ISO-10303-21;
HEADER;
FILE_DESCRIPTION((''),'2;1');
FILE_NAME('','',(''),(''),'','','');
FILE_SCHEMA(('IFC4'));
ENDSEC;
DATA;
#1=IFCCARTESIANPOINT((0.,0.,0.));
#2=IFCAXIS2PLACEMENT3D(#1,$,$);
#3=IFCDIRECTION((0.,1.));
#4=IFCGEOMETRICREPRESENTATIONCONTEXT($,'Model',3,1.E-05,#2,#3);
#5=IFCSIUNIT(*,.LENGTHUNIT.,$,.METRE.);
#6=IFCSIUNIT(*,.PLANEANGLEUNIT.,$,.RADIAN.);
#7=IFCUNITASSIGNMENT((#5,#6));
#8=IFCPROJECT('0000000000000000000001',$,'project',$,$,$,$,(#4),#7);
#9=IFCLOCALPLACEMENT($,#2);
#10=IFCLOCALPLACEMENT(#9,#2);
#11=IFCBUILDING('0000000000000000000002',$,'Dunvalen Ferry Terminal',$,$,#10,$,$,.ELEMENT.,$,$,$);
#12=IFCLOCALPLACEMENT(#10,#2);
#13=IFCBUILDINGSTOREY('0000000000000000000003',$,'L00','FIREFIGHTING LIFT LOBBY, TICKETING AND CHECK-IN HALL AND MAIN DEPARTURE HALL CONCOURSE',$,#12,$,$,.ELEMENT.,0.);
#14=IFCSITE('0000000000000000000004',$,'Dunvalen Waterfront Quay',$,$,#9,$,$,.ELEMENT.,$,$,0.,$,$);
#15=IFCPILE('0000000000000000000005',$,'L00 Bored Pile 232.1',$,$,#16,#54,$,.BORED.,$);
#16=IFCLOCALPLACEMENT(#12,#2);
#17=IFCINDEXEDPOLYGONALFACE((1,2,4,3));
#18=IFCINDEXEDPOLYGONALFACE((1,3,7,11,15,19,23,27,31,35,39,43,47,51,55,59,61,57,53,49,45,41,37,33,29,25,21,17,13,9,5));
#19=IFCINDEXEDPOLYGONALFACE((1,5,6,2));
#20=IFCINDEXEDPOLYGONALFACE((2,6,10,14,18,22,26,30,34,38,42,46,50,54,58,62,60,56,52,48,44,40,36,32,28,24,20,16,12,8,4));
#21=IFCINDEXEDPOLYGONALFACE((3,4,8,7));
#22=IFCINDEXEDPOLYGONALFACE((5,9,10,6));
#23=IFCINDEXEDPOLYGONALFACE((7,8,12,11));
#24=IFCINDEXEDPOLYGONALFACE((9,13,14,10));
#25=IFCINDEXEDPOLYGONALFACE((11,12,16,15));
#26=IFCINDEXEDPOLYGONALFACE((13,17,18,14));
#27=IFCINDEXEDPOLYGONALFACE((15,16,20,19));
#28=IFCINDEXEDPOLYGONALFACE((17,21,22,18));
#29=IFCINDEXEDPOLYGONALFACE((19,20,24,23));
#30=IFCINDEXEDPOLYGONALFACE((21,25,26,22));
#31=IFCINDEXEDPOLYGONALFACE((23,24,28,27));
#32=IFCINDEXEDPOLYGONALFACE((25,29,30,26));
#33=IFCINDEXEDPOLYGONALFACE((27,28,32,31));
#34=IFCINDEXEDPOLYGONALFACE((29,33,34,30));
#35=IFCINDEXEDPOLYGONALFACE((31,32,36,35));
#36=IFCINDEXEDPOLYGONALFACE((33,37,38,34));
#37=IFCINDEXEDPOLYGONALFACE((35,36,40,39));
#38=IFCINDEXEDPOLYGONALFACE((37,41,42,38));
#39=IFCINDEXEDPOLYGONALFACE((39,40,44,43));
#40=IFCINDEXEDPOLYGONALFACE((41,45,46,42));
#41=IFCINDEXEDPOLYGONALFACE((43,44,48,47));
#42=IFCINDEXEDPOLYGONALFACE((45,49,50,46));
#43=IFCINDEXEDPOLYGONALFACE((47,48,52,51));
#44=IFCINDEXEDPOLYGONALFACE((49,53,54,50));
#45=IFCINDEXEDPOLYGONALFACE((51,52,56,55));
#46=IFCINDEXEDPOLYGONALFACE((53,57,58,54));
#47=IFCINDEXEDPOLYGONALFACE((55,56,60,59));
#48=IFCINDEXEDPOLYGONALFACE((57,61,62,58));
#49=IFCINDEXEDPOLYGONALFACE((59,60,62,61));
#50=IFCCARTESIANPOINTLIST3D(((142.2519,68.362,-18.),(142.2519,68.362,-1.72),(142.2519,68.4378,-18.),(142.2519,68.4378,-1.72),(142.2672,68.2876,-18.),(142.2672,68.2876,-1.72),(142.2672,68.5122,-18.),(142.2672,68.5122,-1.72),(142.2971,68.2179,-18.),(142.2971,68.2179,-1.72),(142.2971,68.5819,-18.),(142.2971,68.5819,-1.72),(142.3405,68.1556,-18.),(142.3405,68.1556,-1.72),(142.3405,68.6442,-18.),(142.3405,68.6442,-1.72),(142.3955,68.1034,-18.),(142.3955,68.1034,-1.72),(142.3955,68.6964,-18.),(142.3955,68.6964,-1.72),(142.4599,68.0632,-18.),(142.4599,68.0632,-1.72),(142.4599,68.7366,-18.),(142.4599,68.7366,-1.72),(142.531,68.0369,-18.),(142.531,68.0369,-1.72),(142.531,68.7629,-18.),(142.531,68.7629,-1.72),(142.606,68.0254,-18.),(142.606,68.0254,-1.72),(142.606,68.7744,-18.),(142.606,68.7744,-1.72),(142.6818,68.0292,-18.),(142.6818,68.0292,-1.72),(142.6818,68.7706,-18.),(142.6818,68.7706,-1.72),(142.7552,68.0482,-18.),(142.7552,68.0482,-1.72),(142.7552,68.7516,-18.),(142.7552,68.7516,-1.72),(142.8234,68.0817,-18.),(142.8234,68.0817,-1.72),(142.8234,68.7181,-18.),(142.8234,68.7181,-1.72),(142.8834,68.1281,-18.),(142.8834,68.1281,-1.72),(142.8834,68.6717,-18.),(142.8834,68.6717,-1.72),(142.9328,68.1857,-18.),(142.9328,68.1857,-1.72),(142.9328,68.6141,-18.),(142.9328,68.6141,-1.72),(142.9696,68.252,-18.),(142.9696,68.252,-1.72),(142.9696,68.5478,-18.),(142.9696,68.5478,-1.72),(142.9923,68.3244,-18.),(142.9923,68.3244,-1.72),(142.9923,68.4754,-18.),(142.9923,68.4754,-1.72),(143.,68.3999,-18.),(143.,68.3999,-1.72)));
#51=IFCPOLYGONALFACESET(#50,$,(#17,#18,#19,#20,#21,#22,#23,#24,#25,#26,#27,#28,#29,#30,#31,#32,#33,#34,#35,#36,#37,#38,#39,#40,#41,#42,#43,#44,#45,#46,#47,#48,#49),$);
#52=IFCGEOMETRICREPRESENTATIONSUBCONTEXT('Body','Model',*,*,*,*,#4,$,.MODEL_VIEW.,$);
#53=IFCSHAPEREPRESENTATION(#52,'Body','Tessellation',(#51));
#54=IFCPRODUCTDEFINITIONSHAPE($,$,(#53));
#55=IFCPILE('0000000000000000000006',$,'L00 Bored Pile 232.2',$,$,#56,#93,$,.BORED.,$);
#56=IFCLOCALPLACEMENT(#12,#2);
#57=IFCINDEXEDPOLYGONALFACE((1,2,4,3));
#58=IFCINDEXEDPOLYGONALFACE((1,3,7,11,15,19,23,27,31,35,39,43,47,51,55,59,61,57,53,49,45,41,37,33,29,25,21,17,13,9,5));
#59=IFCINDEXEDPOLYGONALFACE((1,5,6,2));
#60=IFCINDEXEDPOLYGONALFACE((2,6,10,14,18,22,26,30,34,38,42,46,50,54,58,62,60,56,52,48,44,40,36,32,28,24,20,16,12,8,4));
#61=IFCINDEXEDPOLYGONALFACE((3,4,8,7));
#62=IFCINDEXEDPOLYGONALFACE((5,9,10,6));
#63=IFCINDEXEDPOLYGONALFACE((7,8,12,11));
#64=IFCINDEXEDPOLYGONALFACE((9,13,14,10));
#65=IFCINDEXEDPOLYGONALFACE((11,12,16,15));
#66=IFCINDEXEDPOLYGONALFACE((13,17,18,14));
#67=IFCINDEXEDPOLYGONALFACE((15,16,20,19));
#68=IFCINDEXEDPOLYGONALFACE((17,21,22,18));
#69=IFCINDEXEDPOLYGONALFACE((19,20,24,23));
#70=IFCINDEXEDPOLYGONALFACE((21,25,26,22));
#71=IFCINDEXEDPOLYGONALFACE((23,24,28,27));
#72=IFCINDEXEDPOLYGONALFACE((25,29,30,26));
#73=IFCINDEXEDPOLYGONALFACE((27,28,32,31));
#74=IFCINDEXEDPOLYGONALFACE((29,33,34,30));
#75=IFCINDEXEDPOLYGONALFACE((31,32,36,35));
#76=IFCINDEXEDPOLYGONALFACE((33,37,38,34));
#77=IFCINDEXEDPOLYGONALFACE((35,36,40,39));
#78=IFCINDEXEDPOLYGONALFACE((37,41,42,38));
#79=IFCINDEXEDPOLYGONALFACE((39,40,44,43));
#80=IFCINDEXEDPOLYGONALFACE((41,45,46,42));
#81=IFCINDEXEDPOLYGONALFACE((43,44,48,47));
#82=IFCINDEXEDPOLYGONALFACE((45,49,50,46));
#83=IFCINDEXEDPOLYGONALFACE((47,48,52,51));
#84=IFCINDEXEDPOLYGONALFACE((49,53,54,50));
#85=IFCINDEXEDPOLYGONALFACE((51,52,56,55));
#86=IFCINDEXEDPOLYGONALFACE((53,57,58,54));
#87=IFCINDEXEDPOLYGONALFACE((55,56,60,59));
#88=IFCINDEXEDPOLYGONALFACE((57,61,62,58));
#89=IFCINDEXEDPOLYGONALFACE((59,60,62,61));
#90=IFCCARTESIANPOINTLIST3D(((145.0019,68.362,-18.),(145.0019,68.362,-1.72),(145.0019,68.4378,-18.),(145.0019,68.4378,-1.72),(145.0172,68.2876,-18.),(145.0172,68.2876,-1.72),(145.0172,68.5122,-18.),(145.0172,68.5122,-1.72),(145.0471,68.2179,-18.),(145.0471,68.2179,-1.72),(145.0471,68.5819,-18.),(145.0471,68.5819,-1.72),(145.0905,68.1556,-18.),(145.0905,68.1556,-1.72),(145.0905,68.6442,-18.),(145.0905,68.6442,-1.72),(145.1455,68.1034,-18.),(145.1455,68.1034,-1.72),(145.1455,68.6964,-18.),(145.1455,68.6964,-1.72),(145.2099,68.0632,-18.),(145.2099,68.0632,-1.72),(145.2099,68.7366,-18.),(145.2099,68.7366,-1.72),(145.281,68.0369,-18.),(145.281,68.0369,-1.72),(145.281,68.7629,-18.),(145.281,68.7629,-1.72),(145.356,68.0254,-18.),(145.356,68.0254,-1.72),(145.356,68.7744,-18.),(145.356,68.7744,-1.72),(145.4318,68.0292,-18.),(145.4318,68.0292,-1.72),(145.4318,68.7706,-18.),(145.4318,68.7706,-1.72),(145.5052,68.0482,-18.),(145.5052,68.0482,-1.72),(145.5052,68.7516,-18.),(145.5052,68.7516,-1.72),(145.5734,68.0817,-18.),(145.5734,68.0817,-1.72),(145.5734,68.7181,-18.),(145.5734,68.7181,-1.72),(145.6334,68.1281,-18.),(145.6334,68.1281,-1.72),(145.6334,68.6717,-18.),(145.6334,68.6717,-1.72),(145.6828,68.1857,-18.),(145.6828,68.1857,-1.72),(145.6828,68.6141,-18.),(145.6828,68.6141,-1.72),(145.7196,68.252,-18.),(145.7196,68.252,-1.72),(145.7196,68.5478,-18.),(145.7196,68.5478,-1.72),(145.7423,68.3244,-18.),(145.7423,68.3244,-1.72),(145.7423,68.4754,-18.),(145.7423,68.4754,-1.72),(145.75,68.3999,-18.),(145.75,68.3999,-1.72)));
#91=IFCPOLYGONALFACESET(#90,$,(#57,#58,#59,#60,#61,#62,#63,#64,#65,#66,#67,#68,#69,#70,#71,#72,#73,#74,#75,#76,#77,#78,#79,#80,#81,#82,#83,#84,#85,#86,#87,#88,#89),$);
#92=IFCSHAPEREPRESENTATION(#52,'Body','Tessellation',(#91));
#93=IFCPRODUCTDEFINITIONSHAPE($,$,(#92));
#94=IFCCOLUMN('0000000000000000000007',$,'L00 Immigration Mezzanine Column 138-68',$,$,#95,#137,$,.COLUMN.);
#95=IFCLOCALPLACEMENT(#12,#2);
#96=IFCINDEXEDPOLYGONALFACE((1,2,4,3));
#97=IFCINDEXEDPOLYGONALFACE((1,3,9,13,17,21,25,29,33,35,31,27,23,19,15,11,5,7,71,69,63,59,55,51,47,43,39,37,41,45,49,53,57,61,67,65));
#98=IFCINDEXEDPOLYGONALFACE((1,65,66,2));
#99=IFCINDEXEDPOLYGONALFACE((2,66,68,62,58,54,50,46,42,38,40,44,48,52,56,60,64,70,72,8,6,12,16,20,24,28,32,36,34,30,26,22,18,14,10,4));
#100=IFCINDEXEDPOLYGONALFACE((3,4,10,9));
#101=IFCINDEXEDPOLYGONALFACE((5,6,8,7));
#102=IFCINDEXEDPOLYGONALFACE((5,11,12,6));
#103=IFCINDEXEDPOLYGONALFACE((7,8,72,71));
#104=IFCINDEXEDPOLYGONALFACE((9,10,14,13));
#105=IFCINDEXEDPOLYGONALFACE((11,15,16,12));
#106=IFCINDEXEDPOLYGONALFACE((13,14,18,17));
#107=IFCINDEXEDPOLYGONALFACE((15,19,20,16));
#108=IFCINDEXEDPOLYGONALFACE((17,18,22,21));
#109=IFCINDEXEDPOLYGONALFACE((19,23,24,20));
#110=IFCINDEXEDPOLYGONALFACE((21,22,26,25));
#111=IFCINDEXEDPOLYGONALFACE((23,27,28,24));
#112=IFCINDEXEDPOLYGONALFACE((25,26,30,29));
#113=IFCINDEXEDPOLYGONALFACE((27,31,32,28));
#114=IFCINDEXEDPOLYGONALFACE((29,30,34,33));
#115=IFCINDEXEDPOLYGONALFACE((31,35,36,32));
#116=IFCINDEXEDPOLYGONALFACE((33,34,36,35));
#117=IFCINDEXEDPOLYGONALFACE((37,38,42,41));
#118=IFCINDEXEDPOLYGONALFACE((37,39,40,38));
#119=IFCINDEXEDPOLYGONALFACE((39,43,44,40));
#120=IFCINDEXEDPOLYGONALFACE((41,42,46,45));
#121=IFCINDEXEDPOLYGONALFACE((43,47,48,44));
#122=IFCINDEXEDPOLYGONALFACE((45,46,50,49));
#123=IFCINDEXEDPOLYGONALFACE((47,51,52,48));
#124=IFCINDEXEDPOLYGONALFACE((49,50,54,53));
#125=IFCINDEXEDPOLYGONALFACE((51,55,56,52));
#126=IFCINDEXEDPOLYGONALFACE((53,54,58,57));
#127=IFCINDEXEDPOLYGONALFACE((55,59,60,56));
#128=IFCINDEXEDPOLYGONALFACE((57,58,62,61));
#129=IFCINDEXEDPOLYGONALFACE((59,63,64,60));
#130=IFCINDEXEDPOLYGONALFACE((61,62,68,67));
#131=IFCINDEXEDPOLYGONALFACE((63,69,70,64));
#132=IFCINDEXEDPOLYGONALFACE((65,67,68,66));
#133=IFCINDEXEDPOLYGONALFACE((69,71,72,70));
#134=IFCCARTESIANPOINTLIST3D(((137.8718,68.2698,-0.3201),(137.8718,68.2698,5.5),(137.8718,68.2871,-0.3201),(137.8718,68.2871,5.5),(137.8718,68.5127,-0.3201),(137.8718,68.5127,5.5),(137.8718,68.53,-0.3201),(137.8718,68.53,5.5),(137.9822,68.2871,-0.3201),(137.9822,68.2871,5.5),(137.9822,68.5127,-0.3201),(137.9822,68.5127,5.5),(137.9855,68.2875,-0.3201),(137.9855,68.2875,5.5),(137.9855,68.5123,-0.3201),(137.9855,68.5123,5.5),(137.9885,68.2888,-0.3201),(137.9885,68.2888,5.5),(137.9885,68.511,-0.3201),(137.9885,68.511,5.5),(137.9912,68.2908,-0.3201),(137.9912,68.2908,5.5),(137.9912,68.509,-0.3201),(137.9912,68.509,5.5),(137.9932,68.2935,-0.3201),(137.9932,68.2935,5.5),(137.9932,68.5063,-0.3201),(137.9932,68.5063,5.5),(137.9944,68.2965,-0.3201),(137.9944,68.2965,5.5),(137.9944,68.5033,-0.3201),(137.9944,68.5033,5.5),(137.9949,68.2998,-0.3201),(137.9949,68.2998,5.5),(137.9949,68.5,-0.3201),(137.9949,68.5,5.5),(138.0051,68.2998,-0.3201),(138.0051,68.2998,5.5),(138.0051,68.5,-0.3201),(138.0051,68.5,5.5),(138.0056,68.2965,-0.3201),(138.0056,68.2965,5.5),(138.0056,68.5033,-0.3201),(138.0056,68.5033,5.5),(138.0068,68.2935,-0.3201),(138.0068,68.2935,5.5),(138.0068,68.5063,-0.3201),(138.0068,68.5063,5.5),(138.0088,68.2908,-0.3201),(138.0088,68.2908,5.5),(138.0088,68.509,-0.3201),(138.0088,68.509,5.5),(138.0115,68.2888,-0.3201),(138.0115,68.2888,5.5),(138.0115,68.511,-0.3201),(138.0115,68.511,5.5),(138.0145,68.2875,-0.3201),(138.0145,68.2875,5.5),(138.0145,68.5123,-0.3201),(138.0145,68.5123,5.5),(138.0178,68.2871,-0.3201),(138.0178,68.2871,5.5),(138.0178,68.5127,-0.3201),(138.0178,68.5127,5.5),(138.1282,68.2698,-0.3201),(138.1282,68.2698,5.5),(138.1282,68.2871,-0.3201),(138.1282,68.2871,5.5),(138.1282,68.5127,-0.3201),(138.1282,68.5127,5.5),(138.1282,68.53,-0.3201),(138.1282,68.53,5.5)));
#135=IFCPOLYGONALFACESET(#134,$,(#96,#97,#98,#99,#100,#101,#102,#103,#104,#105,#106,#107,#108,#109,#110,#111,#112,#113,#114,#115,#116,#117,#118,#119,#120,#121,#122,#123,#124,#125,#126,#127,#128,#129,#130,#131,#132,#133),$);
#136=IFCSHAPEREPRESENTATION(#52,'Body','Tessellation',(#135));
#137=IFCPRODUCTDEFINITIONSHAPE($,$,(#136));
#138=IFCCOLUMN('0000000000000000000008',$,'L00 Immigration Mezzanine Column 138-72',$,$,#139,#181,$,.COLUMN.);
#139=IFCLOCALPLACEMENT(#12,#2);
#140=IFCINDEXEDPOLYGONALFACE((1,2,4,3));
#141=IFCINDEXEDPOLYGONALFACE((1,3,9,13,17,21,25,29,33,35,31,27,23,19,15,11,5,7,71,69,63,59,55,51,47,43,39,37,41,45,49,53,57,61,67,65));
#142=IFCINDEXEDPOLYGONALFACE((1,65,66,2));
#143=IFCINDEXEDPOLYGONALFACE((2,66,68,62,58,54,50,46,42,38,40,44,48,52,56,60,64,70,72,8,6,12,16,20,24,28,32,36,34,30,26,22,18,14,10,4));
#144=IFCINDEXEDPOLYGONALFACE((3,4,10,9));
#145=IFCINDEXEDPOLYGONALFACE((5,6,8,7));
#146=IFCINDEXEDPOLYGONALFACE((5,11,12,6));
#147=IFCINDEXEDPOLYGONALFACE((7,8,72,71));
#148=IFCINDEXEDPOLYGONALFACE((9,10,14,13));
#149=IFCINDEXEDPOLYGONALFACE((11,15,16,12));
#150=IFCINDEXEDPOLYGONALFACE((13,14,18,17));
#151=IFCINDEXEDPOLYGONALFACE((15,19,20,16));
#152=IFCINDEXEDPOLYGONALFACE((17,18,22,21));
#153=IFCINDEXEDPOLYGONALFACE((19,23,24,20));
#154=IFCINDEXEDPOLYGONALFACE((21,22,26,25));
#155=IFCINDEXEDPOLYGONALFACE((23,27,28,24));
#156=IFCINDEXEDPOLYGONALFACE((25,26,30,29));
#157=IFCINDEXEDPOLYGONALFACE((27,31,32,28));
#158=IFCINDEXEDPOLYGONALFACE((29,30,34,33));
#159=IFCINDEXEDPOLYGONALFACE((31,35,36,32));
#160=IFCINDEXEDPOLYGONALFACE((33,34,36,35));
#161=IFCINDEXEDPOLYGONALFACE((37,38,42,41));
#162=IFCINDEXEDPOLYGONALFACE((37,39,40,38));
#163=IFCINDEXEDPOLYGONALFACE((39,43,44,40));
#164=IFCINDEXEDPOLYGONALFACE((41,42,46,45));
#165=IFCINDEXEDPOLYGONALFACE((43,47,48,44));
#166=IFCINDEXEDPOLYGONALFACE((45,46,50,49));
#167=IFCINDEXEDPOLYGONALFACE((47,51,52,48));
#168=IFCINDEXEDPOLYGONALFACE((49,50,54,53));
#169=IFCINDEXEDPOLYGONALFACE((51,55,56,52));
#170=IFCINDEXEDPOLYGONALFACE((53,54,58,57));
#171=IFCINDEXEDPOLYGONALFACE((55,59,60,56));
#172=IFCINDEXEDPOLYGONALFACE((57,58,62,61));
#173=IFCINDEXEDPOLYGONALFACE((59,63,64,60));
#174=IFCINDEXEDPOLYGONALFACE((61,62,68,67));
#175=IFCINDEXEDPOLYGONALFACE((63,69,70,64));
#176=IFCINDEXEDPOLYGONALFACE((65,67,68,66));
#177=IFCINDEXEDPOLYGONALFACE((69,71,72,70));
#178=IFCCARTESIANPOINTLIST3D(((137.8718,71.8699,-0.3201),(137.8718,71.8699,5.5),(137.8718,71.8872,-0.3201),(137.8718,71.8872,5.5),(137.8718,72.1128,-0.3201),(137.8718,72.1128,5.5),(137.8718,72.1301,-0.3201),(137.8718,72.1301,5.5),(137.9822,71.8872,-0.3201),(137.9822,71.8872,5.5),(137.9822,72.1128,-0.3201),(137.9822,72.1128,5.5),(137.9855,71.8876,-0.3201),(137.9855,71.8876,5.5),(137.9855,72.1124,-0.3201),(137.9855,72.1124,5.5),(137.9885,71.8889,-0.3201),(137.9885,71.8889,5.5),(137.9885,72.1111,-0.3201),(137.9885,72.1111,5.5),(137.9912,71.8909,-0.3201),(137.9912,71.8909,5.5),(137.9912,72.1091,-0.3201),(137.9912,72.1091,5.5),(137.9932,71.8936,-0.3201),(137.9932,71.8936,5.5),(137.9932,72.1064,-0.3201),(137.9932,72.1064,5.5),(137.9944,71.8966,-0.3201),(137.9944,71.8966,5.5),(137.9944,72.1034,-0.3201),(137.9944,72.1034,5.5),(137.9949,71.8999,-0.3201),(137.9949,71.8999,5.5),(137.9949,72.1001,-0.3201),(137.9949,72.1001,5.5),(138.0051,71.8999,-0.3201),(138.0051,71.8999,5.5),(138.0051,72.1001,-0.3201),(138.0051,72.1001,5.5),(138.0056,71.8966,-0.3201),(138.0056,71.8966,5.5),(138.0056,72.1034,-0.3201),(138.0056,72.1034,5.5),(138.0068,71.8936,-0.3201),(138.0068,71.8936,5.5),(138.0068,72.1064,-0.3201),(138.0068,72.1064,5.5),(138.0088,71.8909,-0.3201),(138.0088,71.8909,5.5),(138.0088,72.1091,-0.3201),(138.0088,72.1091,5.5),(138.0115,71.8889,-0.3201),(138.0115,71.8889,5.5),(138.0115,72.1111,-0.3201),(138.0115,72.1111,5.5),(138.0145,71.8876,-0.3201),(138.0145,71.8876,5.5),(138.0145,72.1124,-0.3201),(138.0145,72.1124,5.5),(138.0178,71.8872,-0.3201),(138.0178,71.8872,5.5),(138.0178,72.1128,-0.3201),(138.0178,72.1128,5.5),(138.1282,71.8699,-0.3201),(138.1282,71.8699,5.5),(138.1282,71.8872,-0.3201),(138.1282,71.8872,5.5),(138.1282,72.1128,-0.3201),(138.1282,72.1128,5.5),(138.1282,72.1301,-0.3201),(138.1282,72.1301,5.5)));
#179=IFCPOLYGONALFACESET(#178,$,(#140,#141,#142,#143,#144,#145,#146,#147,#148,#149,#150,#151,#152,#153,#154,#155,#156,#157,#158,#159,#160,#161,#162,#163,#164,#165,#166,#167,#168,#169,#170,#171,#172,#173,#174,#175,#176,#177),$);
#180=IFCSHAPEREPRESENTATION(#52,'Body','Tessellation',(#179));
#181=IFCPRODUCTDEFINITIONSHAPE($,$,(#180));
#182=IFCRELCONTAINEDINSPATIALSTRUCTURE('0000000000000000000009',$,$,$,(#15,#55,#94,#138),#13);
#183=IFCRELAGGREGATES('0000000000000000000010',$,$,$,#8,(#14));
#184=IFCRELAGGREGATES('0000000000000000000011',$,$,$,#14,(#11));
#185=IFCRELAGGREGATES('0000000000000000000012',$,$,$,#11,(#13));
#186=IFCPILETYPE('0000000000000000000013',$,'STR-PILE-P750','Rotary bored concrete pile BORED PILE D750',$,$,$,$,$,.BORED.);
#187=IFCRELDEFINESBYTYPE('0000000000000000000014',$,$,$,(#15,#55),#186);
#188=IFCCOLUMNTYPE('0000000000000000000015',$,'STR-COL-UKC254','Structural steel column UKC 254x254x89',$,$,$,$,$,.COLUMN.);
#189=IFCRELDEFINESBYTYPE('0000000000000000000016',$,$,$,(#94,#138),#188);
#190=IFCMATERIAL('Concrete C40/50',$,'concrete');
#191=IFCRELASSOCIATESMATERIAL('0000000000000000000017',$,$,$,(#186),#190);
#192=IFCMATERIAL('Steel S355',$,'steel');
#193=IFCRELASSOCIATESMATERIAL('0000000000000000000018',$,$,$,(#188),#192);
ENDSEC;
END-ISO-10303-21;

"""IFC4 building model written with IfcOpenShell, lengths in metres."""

from ifc_helpers import new_model, si_unit, direction, frame, origin, origin_2d, place, context, subcontext, project, spatial, circle, i_section, extrude, material, material_profile, profile_set, type_object, element, save


model = new_model("IFC4")

# Units and contexts
model_context = context("Model", 3, precision=1e-05, world=origin(), true_north=direction((0.0, 1.0)))
body_context = subcontext(model_context, "Body", "Model", "MODEL_VIEW")
ifc_project = project(units=[si_unit("LENGTHUNIT", "METRE"), si_unit("PLANEANGLEUNIT", "RADIAN")], contexts=[model_context])

# Site, building, storey
site_placement = place(None, origin())
site = spatial("IfcSite", under=ifc_project, at=site_placement, Name="Dunvalen Waterfront Quay", CompositionType="ELEMENT", RefElevation=0.0)
building_placement = place(site_placement, origin())
building = spatial("IfcBuilding", under=site, at=building_placement, Name="Dunvalen Ferry Terminal", CompositionType="ELEMENT")
storey_placement = place(building_placement, origin())
storey = spatial("IfcBuildingStorey", under=building, at=storey_placement, Name="L00", Description="FIREFIGHTING LIFT LOBBY, TICKETING AND CHECK-IN HALL AND MAIN DEPARTURE HALL CONCOURSE", CompositionType="ELEMENT", Elevation=0.0)

# Shared definitions
ifc_material_1 = material(Name="Concrete C40/50", Category="concrete")

# Piles
ifc_material_profile_1 = material_profile(ifc_material_1, circle(Radius=0.375, at=origin_2d()), Name="Concrete C40/50")
ifc_profile_set_1 = profile_set([ifc_material_profile_1], Name="Concrete C40/50")
pile_type = type_object("IfcPileType", Name="STR-PILE-P750", Description="Rotary bored concrete pile BORED PILE D750", PredefinedType="BORED", material=ifc_profile_set_1)
for number, where, z_axis, x_axis, name in (
    (1, (142.625, 68.3999, -1.72), (0.0, 0.0, -1.0), (1.0, 0.0, 0.0), "L00 Bored Pile 232.1"),
    (2, (145.375, 68.3999, -1.72), (0.0, 0.0, -1.0), (1.0, 0.0, 0.0), "L00 Bored Pile 232.2"),
):
    element("IfcPile", number, at=place(storey_placement, frame(where, z_axis=z_axis, x_axis=x_axis)), inside=storey, type_object=pile_type, Name=name, PredefinedType="BORED", context=body_context, shape_type="SweptSolid", body=[
        extrude(circle(Radius=0.375, at=origin_2d()), origin(), (0.0, 0.0, 1.0), 16.28),
    ])

# Columns
ifc_material_2 = material(Name="Steel S355", Category="steel")
ifc_material_profile_2 = material_profile(ifc_material_2, i_section(OverallWidth=0.2563, OverallDepth=0.2603, WebThickness=0.0103, FlangeThickness=0.0173, FilletRadius=0.0127, at=origin_2d()), Name="Steel S355")
ifc_profile_set_2 = profile_set([ifc_material_profile_2], Name="Steel S355")
column_type = type_object("IfcColumnType", Name="STR-COL-UKC254", Description="Structural steel column UKC 254x254x89", PredefinedType="COLUMN", material=ifc_profile_set_2)
for number, where, z_axis, x_axis, name in (
    (3, (138.0, 68.3999, -0.3201), (0.0, 0.0, 1.0), (1.0, 0.0, 0.0), "L00 Immigration Mezzanine Column 138-68"),
    (4, (138.0, 72.0, -0.3201), (0.0, 0.0, 1.0), (1.0, 0.0, 0.0), "L00 Immigration Mezzanine Column 138-72"),
):
    element("IfcColumn", number, at=place(storey_placement, frame(where, z_axis=z_axis, x_axis=x_axis)), inside=storey, type_object=column_type, Name=name, PredefinedType="COLUMN", context=body_context, shape_type="SweptSolid", body=[
        extrude(i_section(OverallWidth=0.2563, OverallDepth=0.2603, WebThickness=0.0103, FlangeThickness=0.0173, FilletRadius=0.0127, at=origin_2d()), origin(), (0.0, 0.0, 1.0), 5.8201),
    ])

save(model, "model.ifc")
